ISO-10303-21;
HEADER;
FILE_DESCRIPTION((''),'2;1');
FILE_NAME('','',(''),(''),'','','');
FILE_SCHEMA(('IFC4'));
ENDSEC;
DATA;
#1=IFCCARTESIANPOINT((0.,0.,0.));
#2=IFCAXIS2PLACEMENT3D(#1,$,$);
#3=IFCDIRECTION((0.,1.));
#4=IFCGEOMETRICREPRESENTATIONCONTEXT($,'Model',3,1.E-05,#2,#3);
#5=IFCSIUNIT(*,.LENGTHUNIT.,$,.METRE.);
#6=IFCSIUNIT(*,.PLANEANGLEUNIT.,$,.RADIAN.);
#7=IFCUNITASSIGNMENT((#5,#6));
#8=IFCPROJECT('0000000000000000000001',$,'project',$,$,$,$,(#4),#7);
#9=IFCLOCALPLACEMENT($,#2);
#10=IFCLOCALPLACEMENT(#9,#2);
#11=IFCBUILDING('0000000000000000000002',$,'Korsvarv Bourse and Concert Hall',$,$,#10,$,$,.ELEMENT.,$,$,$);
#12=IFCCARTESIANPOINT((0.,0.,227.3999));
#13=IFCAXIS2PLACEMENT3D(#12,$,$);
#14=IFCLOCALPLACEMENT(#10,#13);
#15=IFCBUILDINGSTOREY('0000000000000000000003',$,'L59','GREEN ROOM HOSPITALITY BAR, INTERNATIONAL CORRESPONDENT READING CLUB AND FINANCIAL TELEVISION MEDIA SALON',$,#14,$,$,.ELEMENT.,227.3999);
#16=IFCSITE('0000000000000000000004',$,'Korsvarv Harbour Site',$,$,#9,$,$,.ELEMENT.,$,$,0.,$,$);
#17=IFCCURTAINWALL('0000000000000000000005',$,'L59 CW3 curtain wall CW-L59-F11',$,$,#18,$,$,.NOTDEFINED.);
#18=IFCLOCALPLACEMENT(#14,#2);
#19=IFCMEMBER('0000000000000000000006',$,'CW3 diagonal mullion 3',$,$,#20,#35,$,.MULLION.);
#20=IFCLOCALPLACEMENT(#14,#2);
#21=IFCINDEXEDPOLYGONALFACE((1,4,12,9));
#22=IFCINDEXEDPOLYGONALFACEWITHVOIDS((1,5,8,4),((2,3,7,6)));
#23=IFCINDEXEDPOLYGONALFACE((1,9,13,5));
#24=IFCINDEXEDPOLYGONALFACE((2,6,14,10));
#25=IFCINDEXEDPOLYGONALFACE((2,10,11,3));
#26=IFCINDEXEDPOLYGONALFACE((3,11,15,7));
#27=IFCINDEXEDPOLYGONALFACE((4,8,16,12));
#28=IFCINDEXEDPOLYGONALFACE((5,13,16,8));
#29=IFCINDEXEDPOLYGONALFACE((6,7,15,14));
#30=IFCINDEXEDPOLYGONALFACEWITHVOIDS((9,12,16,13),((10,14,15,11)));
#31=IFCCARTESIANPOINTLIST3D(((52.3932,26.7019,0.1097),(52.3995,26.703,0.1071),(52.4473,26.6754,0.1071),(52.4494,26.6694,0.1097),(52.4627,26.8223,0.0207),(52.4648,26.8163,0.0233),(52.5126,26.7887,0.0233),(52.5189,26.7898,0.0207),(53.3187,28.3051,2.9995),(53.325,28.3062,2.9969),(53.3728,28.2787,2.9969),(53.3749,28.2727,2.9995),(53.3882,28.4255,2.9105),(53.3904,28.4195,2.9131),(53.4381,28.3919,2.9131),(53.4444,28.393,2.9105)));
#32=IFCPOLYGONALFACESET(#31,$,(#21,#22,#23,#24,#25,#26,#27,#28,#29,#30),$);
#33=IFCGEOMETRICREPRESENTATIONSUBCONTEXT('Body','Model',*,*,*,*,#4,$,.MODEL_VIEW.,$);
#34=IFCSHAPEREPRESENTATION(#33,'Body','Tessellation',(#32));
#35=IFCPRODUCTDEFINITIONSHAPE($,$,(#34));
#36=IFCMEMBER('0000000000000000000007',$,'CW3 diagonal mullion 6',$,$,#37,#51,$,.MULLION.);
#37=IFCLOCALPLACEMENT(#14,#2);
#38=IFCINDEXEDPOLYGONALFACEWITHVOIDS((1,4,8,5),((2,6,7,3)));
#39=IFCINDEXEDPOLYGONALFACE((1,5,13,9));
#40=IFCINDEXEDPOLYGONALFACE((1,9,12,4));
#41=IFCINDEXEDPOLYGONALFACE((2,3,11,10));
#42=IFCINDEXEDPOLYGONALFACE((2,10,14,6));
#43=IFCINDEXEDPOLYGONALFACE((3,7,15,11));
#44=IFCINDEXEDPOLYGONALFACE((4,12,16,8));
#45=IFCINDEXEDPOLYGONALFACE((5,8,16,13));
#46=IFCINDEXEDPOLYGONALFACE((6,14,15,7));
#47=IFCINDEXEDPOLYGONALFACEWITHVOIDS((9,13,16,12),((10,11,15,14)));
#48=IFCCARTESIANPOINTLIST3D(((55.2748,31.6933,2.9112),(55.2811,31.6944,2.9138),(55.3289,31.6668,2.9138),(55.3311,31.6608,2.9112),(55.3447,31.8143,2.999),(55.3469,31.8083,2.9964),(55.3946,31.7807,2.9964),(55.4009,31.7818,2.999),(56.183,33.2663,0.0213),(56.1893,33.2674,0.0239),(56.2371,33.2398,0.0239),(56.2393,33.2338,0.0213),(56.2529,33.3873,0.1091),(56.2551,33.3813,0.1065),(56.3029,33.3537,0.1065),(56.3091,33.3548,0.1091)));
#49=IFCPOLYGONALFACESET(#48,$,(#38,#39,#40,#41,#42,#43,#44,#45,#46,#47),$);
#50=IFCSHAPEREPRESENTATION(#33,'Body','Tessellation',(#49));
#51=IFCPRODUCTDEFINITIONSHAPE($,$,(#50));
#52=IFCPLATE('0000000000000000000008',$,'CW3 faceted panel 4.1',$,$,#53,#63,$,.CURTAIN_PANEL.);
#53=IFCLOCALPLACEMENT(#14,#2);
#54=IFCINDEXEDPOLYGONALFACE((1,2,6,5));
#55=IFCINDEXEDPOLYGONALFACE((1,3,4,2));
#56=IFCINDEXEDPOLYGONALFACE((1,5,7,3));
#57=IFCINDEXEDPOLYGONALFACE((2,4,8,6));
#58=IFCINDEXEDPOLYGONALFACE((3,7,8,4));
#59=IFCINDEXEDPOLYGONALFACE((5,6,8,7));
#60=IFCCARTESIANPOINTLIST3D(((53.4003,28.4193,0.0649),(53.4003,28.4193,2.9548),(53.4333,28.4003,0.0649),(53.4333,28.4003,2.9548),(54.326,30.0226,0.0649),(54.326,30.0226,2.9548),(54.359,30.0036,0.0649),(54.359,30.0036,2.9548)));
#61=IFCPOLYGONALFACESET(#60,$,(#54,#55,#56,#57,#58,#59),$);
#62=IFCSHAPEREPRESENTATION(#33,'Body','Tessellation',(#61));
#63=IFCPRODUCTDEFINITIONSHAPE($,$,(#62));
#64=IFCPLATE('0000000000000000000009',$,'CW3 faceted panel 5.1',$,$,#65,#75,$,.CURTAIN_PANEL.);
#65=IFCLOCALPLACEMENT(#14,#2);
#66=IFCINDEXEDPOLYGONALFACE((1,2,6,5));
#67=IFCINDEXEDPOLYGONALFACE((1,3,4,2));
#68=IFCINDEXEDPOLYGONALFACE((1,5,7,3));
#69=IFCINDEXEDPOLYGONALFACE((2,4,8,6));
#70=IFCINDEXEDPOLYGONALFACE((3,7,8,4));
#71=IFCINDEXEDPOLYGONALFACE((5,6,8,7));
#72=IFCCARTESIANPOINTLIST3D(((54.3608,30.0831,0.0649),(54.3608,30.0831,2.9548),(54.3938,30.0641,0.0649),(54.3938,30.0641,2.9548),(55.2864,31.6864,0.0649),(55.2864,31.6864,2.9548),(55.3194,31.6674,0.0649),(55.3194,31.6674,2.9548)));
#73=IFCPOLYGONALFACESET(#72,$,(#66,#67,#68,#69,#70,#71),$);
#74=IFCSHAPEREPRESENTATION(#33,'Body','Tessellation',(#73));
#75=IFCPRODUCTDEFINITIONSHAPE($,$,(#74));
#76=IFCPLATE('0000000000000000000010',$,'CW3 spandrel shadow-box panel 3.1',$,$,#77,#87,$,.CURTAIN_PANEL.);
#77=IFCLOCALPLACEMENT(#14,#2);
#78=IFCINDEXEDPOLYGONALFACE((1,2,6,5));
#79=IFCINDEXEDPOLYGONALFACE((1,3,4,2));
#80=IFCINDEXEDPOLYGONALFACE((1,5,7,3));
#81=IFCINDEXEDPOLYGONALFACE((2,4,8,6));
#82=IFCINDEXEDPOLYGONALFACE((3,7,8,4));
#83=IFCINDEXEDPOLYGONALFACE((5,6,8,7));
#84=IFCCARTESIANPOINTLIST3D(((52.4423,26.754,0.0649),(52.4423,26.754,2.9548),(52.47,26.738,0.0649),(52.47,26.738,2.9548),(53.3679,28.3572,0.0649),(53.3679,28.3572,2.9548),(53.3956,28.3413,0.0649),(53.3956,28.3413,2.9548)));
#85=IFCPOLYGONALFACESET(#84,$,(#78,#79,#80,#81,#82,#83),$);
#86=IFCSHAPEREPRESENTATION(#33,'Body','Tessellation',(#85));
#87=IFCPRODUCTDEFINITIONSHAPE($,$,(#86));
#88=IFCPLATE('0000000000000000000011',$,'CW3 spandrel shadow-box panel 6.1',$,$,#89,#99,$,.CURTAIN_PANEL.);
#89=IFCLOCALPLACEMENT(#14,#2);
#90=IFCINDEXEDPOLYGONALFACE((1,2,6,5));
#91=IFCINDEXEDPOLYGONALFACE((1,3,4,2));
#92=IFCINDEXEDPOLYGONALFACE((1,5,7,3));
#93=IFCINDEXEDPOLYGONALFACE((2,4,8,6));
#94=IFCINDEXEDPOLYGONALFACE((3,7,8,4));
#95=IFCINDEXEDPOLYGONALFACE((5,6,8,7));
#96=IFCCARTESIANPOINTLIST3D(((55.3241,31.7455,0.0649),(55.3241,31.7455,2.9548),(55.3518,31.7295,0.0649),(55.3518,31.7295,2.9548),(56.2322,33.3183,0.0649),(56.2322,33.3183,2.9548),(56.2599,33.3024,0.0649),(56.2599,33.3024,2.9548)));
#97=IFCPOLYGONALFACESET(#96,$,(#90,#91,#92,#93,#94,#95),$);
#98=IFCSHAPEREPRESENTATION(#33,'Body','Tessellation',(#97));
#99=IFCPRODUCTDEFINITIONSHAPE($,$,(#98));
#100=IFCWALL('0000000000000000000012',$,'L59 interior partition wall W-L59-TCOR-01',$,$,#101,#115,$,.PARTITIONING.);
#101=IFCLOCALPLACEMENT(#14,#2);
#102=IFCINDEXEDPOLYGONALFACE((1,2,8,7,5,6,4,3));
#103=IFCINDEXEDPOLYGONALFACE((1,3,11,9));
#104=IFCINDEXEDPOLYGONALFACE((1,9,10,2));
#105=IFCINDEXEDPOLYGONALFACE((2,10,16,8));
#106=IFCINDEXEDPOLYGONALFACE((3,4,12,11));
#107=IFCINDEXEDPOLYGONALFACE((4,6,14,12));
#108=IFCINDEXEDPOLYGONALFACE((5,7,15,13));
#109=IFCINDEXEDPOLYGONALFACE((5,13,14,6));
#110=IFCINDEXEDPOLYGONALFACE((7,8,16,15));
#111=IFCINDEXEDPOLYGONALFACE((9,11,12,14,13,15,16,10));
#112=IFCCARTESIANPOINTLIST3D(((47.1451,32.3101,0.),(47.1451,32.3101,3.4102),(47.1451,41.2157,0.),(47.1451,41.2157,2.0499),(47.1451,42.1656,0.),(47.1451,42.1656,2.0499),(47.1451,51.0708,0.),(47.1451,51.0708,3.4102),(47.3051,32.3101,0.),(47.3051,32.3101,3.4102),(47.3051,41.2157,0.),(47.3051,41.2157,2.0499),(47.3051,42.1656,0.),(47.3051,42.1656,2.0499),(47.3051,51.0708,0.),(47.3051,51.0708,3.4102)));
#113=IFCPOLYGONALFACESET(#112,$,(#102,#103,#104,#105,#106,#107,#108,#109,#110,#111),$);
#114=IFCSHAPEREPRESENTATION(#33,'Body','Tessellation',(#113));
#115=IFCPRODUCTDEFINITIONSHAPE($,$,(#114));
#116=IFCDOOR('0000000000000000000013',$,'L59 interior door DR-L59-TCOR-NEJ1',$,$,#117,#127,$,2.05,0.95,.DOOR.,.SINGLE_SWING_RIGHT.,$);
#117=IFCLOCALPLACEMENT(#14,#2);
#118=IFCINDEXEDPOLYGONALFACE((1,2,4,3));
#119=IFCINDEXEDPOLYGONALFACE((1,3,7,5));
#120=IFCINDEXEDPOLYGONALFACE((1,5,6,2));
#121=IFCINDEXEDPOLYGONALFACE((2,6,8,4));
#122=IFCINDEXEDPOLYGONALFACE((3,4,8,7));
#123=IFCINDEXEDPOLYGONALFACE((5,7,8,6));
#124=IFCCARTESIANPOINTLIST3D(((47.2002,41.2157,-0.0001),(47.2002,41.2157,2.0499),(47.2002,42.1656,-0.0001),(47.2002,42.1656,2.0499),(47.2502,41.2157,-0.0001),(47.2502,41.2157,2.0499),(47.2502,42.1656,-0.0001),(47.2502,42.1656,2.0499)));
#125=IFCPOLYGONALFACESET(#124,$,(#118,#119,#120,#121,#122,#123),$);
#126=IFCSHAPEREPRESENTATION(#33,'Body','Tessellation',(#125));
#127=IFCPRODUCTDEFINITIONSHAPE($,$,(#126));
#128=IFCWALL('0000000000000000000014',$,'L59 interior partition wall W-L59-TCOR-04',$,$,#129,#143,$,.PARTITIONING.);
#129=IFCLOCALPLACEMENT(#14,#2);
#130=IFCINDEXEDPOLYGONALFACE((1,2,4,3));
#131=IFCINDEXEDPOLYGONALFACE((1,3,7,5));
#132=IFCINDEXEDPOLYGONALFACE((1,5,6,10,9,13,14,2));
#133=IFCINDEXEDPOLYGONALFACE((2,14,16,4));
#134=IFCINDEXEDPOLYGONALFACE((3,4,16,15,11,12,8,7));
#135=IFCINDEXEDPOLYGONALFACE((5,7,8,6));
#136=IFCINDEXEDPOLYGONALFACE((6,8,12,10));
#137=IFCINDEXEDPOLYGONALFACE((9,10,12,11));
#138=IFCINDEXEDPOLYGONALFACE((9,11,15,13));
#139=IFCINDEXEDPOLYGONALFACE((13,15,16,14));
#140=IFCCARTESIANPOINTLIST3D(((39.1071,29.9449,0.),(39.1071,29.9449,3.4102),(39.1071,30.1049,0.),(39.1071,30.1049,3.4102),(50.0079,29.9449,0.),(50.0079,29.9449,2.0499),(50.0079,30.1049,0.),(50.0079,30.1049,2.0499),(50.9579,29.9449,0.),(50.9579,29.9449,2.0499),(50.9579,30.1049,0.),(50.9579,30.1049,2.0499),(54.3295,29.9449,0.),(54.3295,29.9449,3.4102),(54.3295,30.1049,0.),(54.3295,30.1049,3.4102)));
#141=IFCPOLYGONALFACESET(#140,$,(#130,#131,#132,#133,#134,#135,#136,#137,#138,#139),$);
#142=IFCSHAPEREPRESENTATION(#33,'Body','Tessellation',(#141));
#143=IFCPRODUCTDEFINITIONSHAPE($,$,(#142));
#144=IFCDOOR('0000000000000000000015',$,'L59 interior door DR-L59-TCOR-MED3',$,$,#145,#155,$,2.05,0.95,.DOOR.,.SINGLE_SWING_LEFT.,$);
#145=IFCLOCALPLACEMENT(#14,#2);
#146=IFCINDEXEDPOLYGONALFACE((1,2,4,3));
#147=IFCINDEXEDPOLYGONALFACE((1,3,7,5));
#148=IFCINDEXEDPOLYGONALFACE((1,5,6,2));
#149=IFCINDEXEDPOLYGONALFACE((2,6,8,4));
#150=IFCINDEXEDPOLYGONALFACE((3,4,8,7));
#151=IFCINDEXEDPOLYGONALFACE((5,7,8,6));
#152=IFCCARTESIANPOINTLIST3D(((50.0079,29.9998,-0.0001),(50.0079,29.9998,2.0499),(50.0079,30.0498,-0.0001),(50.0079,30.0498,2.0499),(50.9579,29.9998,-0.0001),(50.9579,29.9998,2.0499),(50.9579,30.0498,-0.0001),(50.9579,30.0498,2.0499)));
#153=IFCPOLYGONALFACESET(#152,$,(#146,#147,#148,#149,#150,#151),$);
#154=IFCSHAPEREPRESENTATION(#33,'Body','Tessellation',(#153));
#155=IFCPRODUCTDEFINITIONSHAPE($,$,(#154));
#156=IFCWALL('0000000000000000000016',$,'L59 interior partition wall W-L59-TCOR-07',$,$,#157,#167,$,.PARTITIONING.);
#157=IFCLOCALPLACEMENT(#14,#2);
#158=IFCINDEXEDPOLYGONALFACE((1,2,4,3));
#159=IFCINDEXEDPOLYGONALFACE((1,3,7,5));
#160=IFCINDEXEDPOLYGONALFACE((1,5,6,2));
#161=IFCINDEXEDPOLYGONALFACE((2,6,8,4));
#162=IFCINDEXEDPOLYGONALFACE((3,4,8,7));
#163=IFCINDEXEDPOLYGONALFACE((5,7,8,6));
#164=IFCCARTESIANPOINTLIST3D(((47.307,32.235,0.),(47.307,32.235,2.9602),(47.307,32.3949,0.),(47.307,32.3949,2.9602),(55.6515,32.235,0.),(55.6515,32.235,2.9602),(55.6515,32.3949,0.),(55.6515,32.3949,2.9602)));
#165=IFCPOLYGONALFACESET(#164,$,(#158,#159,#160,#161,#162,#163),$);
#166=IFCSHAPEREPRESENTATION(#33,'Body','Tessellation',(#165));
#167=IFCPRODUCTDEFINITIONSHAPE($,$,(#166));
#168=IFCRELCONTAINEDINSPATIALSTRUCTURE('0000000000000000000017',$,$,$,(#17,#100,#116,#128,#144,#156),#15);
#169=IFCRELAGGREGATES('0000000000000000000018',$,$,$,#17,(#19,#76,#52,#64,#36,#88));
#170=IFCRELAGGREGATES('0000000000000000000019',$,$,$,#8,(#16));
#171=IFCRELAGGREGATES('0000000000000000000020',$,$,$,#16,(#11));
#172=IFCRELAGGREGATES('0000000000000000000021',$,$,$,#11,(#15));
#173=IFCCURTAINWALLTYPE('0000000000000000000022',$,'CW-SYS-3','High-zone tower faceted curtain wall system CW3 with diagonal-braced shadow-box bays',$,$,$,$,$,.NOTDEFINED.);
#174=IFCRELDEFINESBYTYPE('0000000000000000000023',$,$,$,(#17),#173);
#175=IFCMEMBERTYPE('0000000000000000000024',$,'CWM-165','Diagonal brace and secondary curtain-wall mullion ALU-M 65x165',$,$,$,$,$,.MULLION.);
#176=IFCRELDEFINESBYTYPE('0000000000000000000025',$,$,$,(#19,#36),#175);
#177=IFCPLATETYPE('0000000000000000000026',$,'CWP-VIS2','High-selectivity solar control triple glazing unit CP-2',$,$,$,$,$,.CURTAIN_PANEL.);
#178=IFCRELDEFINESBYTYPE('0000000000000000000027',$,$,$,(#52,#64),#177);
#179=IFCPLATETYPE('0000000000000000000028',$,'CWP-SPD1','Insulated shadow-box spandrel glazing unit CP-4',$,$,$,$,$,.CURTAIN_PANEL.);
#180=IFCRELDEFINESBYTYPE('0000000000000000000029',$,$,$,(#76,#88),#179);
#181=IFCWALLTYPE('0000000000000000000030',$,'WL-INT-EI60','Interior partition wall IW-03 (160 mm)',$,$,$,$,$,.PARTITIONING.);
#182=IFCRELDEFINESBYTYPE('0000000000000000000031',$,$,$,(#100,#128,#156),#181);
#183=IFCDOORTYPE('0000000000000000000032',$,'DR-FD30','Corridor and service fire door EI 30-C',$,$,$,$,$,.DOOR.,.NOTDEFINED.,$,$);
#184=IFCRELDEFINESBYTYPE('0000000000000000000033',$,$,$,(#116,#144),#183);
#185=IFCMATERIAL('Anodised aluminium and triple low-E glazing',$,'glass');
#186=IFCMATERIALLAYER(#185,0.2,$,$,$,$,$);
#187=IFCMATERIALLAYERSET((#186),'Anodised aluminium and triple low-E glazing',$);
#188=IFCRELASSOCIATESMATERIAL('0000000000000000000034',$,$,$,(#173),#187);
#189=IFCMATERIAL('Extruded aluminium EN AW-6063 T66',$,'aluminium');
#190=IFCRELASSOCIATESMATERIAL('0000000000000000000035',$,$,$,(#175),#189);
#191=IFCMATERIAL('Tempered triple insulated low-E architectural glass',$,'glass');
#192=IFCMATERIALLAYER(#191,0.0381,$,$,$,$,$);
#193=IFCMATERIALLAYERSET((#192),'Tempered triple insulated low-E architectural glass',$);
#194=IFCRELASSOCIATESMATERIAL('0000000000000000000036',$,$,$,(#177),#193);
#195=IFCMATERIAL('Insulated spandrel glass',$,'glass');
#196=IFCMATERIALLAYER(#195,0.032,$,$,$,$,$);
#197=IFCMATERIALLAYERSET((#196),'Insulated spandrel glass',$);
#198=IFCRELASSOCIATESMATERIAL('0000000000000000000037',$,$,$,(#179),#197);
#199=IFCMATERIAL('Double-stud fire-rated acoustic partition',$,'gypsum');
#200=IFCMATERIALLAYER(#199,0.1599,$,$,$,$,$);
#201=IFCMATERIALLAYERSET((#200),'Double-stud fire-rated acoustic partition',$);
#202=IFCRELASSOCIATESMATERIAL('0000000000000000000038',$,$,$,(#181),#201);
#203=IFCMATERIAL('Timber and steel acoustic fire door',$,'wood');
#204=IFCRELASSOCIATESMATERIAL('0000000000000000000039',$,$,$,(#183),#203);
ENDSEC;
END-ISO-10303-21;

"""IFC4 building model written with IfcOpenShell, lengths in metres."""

from ifc_helpers import new_model, si_unit, direction, frame, frame_2d, origin, origin_2d, place, context, subcontext, project, spatial, rectangle, hollow_rectangle, extrude, source, transform, mapped, material, layer, layer_set, material_profile, profile_set, type_object, element, fill, aggregate, save


model = new_model("IFC4")

# Units and contexts
model_context = context("Model", 3, precision=1e-05, world=origin(), true_north=direction((0.0, 1.0)))
body_context = subcontext(model_context, "Body", "Model", "MODEL_VIEW")
ifc_project = project(units=[si_unit("LENGTHUNIT", "METRE"), si_unit("PLANEANGLEUNIT", "RADIAN")], contexts=[model_context])

# Site, building, storey
site_placement = place(None, origin())
site = spatial("IfcSite", under=ifc_project, at=site_placement, Name="Korsvarv Harbour Site", CompositionType="ELEMENT", RefElevation=0.0)
building_placement = place(site_placement, origin())
building = spatial("IfcBuilding", under=site, at=building_placement, Name="Korsvarv Bourse and Concert Hall", CompositionType="ELEMENT")
storey_placement = place(building_placement, frame((0.0, 0.0, 227.3999)))
storey = spatial("IfcBuildingStorey", under=building, at=storey_placement, Name="L59", Description="GREEN ROOM HOSPITALITY BAR, INTERNATIONAL CORRESPONDENT READING CLUB AND FINANCIAL TELEVISION MEDIA SALON", CompositionType="ELEMENT", Elevation=227.3999)

# Curtain wall, members, plates
ifc_material_1 = material(Name="Anodised aluminium and triple low-E glazing", Category="glass")
ifc_layer_1 = layer(ifc_material_1, 0.2)
ifc_layer_set_1 = layer_set([ifc_layer_1], Name="Anodised aluminium and triple low-E glazing")
curtain_wall_type = type_object("IfcCurtainWallType", Name="CW-SYS-3", Description="High-zone tower faceted curtain wall system CW3 with diagonal-braced shadow-box bays", PredefinedType="NOTDEFINED", material=ifc_layer_set_1)
curtain_wall_placement = place(storey_placement, origin())
curtain_wall = element("IfcCurtainWall", 1, at=curtain_wall_placement, inside=storey, type_object=curtain_wall_type, Name="L59 CW3 curtain wall CW-L59-F11", PredefinedType="NOTDEFINED")
ifc_material_2 = material(Name="Extruded aluminium EN AW-6063 T66", Category="aluminium")
ifc_material_profile_1 = material_profile(ifc_material_2, hollow_rectangle(XDim=0.0649, YDim=0.165, WallThickness=0.0049, at=origin_2d()), Name="ALU-M 65x165")
ifc_profile_set_1 = profile_set([ifc_material_profile_1], Name="Extruded aluminium EN AW-6063 T66")
member_type_1 = type_object("IfcMemberType", Name="CWM-165", Description="Diagonal brace and secondary curtain-wall mullion ALU-M 65x165", PredefinedType="MULLION", material=ifc_profile_set_1)
shared_shape_1 = source(origin(), body_context, "Body", "SweptSolid", [
    extrude(hollow_rectangle(XDim=0.0649, YDim=0.165, WallThickness=0.0049, at=origin_2d()), origin(), (0.0, 0.0, 1.0), 3.4319),
])
member_1_placement = place(storey_placement, frame((52.4561, 26.7458, 0.0652), z_axis=(0.269679, 0.467155, 0.842045), x_axis=(-0.866052, 0.499955, 0.0)))
member_1 = element("IfcMember", 2, at=member_1_placement, type_object=member_type_1, Name="CW3 diagonal mullion 3", PredefinedType="MULLION", context=body_context, shape_type="MappedRepresentation", body=[
    mapped(shared_shape_1, transform((0.0, 0.0, 0.0), scale=1.0)),
])
shared_shape_2 = source(origin(), body_context, "Body", "SweptSolid", [
    extrude(hollow_rectangle(XDim=0.0649, YDim=0.165, WallThickness=0.0049, at=origin_2d()), origin(), (0.0, 0.0, 1.0), 3.4133),
])
member_2_placement = place(storey_placement, frame((56.2461, 33.3105, 0.0652), z_axis=(-0.266078, -0.460843, 0.846656), x_axis=(0.866018, -0.500013, 0.0)))
member_2 = element("IfcMember", 3, at=member_2_placement, type_object=member_type_1, Name="CW3 diagonal mullion 6", PredefinedType="MULLION", context=body_context, shape_type="MappedRepresentation", body=[
    mapped(shared_shape_2, transform((0.0, 0.0, 0.0), scale=1.0)),
])
ifc_material_3 = material(Name="Tempered triple insulated low-E architectural glass", Category="glass")
ifc_layer_2 = layer(ifc_material_3, 0.0381)
ifc_layer_set_2 = layer_set([ifc_layer_2], Name="Tempered triple insulated low-E architectural glass")
plate_type_1 = type_object("IfcPlateType", Name="CWP-VIS2", Description="High-selectivity solar control triple glazing unit CP-2", PredefinedType="CURTAIN_PANEL", material=ifc_layer_set_2)
shared_shape_3 = source(origin(), body_context, "Body", "SweptSolid", [
    extrude(rectangle(XDim=1.8513, YDim=0.0381, at=origin_2d()), origin(), (0.0, 0.0, 1.0), 2.8899),
])
plate_1_placement = place(storey_placement, frame((53.8796, 29.2114, 0.0649), z_axis=(0.0, 0.0, 1.0), x_axis=(0.499996, 0.866028, 0.0)))
plate_1 = element("IfcPlate", 4, at=plate_1_placement, type_object=plate_type_1, Name="CW3 faceted panel 4.1", PredefinedType="CURTAIN_PANEL", context=body_context, shape_type="MappedRepresentation", body=[
    mapped(shared_shape_3, transform((0.0, 0.0, 0.0), scale=1.0)),
])
plate_2_placement = place(storey_placement, frame((54.8401, 30.8752, 0.0649), z_axis=(0.0, 0.0, 1.0), x_axis=(0.499996, 0.866028, 0.0)))
plate_2 = element("IfcPlate", 5, at=plate_2_placement, type_object=plate_type_1, Name="CW3 faceted panel 5.1", PredefinedType="CURTAIN_PANEL", context=body_context, shape_type="MappedRepresentation", body=[
    mapped(shared_shape_3, transform((0.0, 0.0, 0.0), scale=1.0)),
])
ifc_material_4 = material(Name="Insulated spandrel glass", Category="glass")
ifc_layer_3 = layer(ifc_material_4, 0.032)
ifc_layer_set_3 = layer_set([ifc_layer_3], Name="Insulated spandrel glass")
plate_type_2 = type_object("IfcPlateType", Name="CWP-SPD1", Description="Insulated shadow-box spandrel glazing unit CP-4", PredefinedType="CURTAIN_PANEL", material=ifc_layer_set_3)
shared_shape_4 = source(origin(), body_context, "Body", "SweptSolid", [
    extrude(rectangle(XDim=1.8513, YDim=0.032, at=origin_2d()), origin(), (0.0, 0.0, 1.0), 2.8899),
])
plate_3_placement = place(storey_placement, frame((52.9189, 27.5476, 0.0649), z_axis=(0.0, 0.0, 1.0), x_axis=(0.499996, 0.866028, 0.0)))
plate_3 = element("IfcPlate", 6, at=plate_3_placement, type_object=plate_type_2, Name="CW3 spandrel shadow-box panel 3.1", PredefinedType="CURTAIN_PANEL", context=body_context, shape_type="MappedRepresentation", body=[
    mapped(shared_shape_4, transform((0.0, 0.0, 0.0), scale=1.0)),
])
shared_shape_5 = source(origin(), body_context, "Body", "SweptSolid", [
    extrude(rectangle(XDim=1.8162, YDim=0.032, at=origin_2d()), origin(), (0.0, 0.0, 1.0), 2.8899),
])
plate_4_placement = place(storey_placement, frame((55.792, 32.5239, 0.0649), z_axis=(0.0, 0.0, 1.0), x_axis=(0.499996, 0.866028, 0.0)))
plate_4 = element("IfcPlate", 7, at=plate_4_placement, type_object=plate_type_2, Name="CW3 spandrel shadow-box panel 6.1", PredefinedType="CURTAIN_PANEL", context=body_context, shape_type="MappedRepresentation", body=[
    mapped(shared_shape_5, transform((0.0, 0.0, 0.0), scale=1.0)),
])
aggregate(curtain_wall, [member_1, plate_3, plate_1, plate_2, member_2, plate_4])

# Walls, openings, doors
ifc_material_5 = material(Name="Double-stud fire-rated acoustic partition", Category="gypsum")
ifc_layer_4 = layer(ifc_material_5, 0.1599)
ifc_layer_set_4 = layer_set([ifc_layer_4], Name="Double-stud fire-rated acoustic partition")
wall_type_1 = type_object("IfcWallType", Name="WL-INT-EI60", Description="Interior partition wall IW-03 (160 mm)", PredefinedType="PARTITIONING", material=ifc_layer_set_4)
wall_1_placement = place(storey_placement, frame((47.2251, 32.3101, 0.0), z_axis=(0.0, 0.0, 1.0), x_axis=(0.0, 1.0, 0.0)))
wall_1 = element("IfcWall", 8, at=wall_1_placement, inside=storey, type_object=wall_type_1, Name="L59 interior partition wall W-L59-TCOR-01", PredefinedType="PARTITIONING", context=body_context, shape_type="SweptSolid", body=[
    extrude(rectangle(XDim=18.7607, YDim=0.1599, at=frame_2d((9.3804, 0.0))), origin(), (0.0, 0.0, 1.0), 3.4102),
])
opening_1_placement = place(wall_1_placement, frame((8.9055, 0.0, 0.0)))
opening_1 = element("IfcOpeningElement", 9, at=opening_1_placement, cuts=wall_1, PredefinedType="OPENING", context=body_context, shape_type="SweptSolid", body=[
    extrude(rectangle(XDim=0.95, YDim=2.05, at=frame_2d((0.4751, 1.0249))), frame((0.0, 0.0898, 0.0), z_axis=(0.0, -1.0, 0.0), x_axis=(1.0, 0.0, 0.0)), (0.0, 0.0, 1.0), 0.1799),
])
ifc_material_6 = material(Name="Timber and steel acoustic fire door", Category="wood")
door_type = type_object("IfcDoorType", Name="DR-FD30", Description="Corridor and service fire door EI 30-C", OperationType="NOTDEFINED", PredefinedType="DOOR", material=ifc_material_6)
door_1_placement = place(opening_1_placement, origin())
door_1 = element("IfcDoor", 10, at=door_1_placement, inside=storey, type_object=door_type, Name="L59 interior door DR-L59-TCOR-NEJ1", OperationType="SINGLE_SWING_RIGHT", OverallHeight=2.05, OverallWidth=0.95, PredefinedType="DOOR", context=body_context, shape_type="SweptSolid", body=[
    extrude(rectangle(XDim=0.95, YDim=2.05, at=frame_2d((0.4751, 1.0249))), frame((0.0, 0.0249, 0.0), z_axis=(0.0, -1.0, 0.0), x_axis=(1.0, 0.0, 0.0)), (0.0, 0.0, 1.0), 0.05),
])
fill(opening_1, door_1)
wall_2_placement = place(storey_placement, frame((39.1069, 30.0249, 0.0), z_axis=(0.0, 0.0, 1.0), x_axis=(1.0, 0.0, 0.0)))
wall_2 = element("IfcWall", 11, at=wall_2_placement, inside=storey, type_object=wall_type_1, Name="L59 interior partition wall W-L59-TCOR-04", PredefinedType="PARTITIONING", context=body_context, shape_type="SweptSolid", body=[
    extrude(rectangle(XDim=15.2224, YDim=0.1599, at=frame_2d((7.6113, 0.0))), origin(), (0.0, 0.0, 1.0), 3.4102),
])
opening_2_placement = place(wall_2_placement, frame((10.9009, 0.0, 0.0)))
opening_2 = element("IfcOpeningElement", 12, at=opening_2_placement, cuts=wall_2, PredefinedType="OPENING", context=body_context, shape_type="SweptSolid", body=[
    extrude(rectangle(XDim=0.95, YDim=2.05, at=frame_2d((0.4751, 1.0249))), frame((0.0, 0.0898, 0.0), z_axis=(0.0, -1.0, 0.0), x_axis=(1.0, 0.0, 0.0)), (0.0, 0.0, 1.0), 0.1799),
])
door_2_placement = place(opening_2_placement, origin())
door_2 = element("IfcDoor", 13, at=door_2_placement, inside=storey, type_object=door_type, Name="L59 interior door DR-L59-TCOR-MED3", OperationType="SINGLE_SWING_LEFT", OverallHeight=2.05, OverallWidth=0.95, PredefinedType="DOOR", context=body_context, shape_type="SweptSolid", body=[
    extrude(rectangle(XDim=0.95, YDim=2.05, at=frame_2d((0.4751, 1.0249))), frame((0.0, 0.0249, 0.0), z_axis=(0.0, -1.0, 0.0), x_axis=(1.0, 0.0, 0.0)), (0.0, 0.0, 1.0), 0.05),
])
fill(opening_2, door_2)

# Wall
wall_3_placement = place(storey_placement, frame((47.3069, 32.3149, 0.0), z_axis=(0.0, 0.0, 1.0), x_axis=(1.0, 0.0, 0.0)))
element("IfcWall", 14, at=wall_3_placement, inside=storey, type_object=wall_type_1, Name="L59 interior partition wall W-L59-TCOR-07", PredefinedType="PARTITIONING", context=body_context, shape_type="SweptSolid", body=[
    extrude(rectangle(XDim=8.3445, YDim=0.1599, at=frame_2d((4.1724, 0.0))), origin(), (0.0, 0.0, 1.0), 2.9602),
])

save(model, "model.ifc")
